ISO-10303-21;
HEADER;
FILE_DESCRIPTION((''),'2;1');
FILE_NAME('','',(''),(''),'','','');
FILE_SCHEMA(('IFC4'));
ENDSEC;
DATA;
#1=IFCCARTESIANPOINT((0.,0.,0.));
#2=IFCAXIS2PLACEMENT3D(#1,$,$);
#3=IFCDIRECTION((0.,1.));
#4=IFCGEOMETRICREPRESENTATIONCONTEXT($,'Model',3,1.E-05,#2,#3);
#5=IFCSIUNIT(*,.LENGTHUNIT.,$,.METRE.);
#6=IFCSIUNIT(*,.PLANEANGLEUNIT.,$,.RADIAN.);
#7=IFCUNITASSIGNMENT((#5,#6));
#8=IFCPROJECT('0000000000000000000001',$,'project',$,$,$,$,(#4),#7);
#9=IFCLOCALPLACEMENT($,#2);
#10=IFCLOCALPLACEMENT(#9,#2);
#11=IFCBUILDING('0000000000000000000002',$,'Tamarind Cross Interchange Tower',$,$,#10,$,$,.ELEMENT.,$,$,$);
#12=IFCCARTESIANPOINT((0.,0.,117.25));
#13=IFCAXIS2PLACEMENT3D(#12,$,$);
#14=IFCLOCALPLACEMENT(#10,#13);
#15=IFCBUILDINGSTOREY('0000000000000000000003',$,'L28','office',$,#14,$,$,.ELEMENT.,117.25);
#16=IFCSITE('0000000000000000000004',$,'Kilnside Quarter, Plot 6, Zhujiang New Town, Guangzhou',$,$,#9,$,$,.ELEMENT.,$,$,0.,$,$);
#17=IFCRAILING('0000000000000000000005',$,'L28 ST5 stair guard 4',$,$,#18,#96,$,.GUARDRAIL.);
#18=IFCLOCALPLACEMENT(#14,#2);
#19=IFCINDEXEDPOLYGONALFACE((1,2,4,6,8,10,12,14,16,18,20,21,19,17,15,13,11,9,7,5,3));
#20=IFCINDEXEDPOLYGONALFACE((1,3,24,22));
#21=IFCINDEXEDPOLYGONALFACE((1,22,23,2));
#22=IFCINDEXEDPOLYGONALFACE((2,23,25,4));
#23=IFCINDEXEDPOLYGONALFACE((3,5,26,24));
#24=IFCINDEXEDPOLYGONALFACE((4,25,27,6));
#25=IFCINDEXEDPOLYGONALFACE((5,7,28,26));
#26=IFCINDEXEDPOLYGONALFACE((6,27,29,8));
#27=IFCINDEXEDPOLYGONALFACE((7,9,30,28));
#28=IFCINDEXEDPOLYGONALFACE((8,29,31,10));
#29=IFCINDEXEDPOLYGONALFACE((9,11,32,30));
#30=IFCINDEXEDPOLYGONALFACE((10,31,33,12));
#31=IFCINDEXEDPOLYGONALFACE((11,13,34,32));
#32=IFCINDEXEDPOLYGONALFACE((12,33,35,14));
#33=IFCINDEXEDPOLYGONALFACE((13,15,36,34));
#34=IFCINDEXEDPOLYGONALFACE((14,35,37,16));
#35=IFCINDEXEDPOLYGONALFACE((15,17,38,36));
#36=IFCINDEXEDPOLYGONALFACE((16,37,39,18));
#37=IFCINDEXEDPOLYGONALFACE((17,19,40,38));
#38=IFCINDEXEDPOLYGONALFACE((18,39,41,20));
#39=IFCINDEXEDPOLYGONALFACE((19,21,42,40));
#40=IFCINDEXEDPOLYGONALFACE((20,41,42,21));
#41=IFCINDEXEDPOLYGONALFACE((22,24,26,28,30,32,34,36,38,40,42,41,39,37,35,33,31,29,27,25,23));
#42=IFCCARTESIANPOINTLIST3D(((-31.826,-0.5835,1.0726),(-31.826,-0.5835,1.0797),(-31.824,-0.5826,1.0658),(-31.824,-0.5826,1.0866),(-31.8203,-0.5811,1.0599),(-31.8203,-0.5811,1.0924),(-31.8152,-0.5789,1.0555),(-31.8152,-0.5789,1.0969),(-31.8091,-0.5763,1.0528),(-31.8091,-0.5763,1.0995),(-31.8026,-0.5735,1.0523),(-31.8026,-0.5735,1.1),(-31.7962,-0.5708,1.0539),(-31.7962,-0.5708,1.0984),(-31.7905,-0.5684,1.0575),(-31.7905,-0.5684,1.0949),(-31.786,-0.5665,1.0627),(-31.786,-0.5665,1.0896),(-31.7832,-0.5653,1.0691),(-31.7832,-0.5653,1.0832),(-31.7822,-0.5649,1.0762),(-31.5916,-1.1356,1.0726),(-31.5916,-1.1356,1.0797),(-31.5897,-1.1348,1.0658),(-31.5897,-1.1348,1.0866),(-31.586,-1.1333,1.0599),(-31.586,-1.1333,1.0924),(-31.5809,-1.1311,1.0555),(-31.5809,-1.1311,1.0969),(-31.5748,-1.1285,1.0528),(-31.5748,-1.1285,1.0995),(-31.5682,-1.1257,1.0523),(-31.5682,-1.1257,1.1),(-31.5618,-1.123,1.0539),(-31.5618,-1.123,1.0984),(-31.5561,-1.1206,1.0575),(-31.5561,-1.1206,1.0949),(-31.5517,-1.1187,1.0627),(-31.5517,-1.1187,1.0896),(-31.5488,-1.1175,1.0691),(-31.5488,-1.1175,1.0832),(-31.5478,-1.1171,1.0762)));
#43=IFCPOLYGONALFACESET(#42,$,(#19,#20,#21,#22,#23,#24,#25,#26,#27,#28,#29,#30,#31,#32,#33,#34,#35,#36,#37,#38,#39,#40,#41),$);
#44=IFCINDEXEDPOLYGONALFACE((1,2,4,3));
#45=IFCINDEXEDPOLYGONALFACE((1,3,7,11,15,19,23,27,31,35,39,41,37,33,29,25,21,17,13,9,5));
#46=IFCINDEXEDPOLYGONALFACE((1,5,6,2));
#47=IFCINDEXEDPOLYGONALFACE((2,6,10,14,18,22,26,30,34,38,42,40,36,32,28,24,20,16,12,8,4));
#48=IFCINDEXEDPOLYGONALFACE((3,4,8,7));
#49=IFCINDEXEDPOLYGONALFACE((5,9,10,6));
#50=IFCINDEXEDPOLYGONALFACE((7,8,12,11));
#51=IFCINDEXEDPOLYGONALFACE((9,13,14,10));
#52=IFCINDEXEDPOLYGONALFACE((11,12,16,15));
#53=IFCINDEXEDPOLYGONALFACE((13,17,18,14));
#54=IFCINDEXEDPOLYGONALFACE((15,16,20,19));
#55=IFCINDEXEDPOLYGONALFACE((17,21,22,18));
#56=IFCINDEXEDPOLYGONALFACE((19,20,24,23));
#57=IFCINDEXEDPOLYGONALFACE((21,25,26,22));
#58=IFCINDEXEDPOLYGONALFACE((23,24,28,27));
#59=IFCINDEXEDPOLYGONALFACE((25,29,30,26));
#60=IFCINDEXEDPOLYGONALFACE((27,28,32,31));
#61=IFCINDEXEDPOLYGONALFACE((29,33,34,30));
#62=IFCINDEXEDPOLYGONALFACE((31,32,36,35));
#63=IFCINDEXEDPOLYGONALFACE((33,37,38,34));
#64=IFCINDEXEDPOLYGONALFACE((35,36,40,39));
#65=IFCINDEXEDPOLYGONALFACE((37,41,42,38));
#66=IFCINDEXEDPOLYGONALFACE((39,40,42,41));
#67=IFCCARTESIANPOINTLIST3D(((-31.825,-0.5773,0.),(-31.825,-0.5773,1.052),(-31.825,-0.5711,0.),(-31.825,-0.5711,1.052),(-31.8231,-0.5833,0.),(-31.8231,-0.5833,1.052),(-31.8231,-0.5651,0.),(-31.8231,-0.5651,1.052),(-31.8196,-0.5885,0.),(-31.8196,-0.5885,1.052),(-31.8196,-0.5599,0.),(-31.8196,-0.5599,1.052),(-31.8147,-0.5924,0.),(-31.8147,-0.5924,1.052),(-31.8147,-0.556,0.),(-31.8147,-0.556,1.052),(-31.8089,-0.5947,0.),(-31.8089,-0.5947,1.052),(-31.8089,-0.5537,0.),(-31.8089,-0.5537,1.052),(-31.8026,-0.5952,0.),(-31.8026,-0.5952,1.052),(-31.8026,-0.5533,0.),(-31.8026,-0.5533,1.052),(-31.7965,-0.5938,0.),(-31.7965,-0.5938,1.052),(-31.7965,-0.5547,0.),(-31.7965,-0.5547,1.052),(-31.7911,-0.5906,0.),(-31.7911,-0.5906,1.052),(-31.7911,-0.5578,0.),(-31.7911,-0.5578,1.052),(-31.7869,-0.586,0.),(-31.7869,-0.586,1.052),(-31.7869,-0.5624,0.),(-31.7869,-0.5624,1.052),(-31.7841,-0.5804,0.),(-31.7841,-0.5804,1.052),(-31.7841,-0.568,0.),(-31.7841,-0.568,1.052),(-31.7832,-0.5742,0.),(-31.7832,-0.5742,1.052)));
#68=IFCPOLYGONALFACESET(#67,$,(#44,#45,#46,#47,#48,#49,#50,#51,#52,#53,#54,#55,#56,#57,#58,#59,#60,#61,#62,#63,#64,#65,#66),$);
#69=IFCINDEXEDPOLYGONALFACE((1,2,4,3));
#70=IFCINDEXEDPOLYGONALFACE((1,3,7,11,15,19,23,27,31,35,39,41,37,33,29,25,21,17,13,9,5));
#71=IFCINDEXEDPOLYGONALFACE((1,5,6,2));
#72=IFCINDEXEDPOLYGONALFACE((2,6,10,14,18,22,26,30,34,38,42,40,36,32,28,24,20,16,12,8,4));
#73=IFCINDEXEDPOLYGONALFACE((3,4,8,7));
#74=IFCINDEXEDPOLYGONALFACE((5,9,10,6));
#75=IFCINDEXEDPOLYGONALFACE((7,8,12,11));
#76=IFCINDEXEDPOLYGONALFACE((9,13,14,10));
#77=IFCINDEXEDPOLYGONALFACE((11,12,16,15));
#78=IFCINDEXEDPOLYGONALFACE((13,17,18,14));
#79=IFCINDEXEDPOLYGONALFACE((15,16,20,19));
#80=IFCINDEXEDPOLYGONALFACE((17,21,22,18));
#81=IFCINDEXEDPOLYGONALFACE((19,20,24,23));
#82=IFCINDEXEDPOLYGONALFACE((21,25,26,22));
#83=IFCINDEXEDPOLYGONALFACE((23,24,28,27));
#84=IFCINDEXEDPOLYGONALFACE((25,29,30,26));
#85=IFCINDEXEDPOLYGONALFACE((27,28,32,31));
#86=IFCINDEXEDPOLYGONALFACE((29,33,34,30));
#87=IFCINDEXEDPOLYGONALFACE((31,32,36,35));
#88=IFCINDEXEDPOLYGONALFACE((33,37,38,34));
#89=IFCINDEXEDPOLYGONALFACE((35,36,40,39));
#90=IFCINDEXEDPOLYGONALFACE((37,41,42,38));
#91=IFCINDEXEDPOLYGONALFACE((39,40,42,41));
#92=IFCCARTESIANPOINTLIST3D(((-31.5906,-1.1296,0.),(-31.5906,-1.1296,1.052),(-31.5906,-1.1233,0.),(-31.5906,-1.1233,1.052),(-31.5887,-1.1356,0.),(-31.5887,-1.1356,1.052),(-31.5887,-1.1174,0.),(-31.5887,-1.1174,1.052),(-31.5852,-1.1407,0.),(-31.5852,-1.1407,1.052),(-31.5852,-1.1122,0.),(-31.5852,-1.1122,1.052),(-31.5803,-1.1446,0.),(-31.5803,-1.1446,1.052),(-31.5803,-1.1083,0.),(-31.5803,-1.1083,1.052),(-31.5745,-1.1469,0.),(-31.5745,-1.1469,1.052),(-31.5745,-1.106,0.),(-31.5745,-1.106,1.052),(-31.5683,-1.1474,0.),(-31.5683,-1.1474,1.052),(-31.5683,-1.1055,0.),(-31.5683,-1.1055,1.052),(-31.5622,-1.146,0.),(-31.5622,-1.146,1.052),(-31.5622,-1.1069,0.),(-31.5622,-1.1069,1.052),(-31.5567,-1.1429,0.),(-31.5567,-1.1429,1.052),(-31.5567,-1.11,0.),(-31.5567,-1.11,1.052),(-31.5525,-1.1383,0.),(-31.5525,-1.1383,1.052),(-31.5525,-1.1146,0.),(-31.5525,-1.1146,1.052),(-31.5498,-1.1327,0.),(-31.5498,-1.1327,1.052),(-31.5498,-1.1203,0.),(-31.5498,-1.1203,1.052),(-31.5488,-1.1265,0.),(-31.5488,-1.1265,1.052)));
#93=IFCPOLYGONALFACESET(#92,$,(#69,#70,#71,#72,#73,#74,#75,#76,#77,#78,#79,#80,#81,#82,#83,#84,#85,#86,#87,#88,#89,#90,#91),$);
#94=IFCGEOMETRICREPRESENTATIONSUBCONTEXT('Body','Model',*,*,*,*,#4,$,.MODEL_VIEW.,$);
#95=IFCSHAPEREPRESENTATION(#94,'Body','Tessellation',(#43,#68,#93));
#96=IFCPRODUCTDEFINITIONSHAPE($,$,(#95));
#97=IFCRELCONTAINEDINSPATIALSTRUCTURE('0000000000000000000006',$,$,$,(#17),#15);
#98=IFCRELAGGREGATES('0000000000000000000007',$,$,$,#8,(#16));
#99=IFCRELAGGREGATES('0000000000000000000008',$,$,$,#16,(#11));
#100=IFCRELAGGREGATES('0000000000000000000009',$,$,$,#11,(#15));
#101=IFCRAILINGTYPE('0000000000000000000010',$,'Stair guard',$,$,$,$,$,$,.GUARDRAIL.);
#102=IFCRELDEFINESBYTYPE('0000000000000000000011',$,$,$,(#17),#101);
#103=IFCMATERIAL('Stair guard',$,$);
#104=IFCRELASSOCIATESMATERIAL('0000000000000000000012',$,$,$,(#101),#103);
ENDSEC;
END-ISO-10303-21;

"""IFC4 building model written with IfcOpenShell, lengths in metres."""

from ifc_helpers import new_model, si_unit, direction, frame, origin, origin_2d, place, context, subcontext, project, spatial, circle, extrude, material, type_object, element, save


model = new_model("IFC4")

# Units and contexts
model_context = context("Model", 3, precision=1e-05, world=origin(), true_north=direction((0.0, 1.0)))
body_context = subcontext(model_context, "Body", "Model", "MODEL_VIEW")
ifc_project = project(units=[si_unit("LENGTHUNIT", "METRE"), si_unit("PLANEANGLEUNIT", "RADIAN")], contexts=[model_context])

# Site, building, storey
site_placement = place(None, origin())
site = spatial("IfcSite", under=ifc_project, at=site_placement, Name="Kilnside Quarter, Plot 6, Zhujiang New Town, Guangzhou", CompositionType="ELEMENT", RefElevation=0.0)
building_placement = place(site_placement, origin())
building = spatial("IfcBuilding", under=site, at=building_placement, Name="Tamarind Cross Interchange Tower", CompositionType="ELEMENT")
storey_placement = place(building_placement, frame((0.0, 0.0, 117.25)))
storey = spatial("IfcBuildingStorey", under=building, at=storey_placement, Name="L28", Description="office", CompositionType="ELEMENT", Elevation=117.25)

# Railing
ifc_material_1 = material(Name="Stair guard")
railing_type_1 = type_object("IfcRailingType", Name="Stair guard", PredefinedType="GUARDRAIL", material=ifc_material_1)
railing_1_placement = place(storey_placement, frame((-31.8042, -0.5742, 0.0)))
element("IfcRailing", 1, at=railing_1_placement, inside=storey, type_object=railing_type_1, Name="L28 ST5 stair guard 4", PredefinedType="GUARDRAIL", context=body_context, shape_type="SweptSolid", body=[
    extrude(circle(Radius=0.0239, at=origin_2d()), frame((0.0, 0.0, 1.0762), z_axis=(0.390675, -0.920529, 0.0), x_axis=(0.920529, 0.390675, 0.0)), (0.0, 0.0, 1.0), 0.5999),
    extrude(circle(Radius=0.021, at=origin_2d()), origin(), (0.0, 0.0, 1.0), 1.052),
    extrude(circle(Radius=0.021, at=origin_2d()), frame((0.2344, -0.5522, 0.0)), (0.0, 0.0, 1.0), 1.052),
])

save(model, "model.ifc")
